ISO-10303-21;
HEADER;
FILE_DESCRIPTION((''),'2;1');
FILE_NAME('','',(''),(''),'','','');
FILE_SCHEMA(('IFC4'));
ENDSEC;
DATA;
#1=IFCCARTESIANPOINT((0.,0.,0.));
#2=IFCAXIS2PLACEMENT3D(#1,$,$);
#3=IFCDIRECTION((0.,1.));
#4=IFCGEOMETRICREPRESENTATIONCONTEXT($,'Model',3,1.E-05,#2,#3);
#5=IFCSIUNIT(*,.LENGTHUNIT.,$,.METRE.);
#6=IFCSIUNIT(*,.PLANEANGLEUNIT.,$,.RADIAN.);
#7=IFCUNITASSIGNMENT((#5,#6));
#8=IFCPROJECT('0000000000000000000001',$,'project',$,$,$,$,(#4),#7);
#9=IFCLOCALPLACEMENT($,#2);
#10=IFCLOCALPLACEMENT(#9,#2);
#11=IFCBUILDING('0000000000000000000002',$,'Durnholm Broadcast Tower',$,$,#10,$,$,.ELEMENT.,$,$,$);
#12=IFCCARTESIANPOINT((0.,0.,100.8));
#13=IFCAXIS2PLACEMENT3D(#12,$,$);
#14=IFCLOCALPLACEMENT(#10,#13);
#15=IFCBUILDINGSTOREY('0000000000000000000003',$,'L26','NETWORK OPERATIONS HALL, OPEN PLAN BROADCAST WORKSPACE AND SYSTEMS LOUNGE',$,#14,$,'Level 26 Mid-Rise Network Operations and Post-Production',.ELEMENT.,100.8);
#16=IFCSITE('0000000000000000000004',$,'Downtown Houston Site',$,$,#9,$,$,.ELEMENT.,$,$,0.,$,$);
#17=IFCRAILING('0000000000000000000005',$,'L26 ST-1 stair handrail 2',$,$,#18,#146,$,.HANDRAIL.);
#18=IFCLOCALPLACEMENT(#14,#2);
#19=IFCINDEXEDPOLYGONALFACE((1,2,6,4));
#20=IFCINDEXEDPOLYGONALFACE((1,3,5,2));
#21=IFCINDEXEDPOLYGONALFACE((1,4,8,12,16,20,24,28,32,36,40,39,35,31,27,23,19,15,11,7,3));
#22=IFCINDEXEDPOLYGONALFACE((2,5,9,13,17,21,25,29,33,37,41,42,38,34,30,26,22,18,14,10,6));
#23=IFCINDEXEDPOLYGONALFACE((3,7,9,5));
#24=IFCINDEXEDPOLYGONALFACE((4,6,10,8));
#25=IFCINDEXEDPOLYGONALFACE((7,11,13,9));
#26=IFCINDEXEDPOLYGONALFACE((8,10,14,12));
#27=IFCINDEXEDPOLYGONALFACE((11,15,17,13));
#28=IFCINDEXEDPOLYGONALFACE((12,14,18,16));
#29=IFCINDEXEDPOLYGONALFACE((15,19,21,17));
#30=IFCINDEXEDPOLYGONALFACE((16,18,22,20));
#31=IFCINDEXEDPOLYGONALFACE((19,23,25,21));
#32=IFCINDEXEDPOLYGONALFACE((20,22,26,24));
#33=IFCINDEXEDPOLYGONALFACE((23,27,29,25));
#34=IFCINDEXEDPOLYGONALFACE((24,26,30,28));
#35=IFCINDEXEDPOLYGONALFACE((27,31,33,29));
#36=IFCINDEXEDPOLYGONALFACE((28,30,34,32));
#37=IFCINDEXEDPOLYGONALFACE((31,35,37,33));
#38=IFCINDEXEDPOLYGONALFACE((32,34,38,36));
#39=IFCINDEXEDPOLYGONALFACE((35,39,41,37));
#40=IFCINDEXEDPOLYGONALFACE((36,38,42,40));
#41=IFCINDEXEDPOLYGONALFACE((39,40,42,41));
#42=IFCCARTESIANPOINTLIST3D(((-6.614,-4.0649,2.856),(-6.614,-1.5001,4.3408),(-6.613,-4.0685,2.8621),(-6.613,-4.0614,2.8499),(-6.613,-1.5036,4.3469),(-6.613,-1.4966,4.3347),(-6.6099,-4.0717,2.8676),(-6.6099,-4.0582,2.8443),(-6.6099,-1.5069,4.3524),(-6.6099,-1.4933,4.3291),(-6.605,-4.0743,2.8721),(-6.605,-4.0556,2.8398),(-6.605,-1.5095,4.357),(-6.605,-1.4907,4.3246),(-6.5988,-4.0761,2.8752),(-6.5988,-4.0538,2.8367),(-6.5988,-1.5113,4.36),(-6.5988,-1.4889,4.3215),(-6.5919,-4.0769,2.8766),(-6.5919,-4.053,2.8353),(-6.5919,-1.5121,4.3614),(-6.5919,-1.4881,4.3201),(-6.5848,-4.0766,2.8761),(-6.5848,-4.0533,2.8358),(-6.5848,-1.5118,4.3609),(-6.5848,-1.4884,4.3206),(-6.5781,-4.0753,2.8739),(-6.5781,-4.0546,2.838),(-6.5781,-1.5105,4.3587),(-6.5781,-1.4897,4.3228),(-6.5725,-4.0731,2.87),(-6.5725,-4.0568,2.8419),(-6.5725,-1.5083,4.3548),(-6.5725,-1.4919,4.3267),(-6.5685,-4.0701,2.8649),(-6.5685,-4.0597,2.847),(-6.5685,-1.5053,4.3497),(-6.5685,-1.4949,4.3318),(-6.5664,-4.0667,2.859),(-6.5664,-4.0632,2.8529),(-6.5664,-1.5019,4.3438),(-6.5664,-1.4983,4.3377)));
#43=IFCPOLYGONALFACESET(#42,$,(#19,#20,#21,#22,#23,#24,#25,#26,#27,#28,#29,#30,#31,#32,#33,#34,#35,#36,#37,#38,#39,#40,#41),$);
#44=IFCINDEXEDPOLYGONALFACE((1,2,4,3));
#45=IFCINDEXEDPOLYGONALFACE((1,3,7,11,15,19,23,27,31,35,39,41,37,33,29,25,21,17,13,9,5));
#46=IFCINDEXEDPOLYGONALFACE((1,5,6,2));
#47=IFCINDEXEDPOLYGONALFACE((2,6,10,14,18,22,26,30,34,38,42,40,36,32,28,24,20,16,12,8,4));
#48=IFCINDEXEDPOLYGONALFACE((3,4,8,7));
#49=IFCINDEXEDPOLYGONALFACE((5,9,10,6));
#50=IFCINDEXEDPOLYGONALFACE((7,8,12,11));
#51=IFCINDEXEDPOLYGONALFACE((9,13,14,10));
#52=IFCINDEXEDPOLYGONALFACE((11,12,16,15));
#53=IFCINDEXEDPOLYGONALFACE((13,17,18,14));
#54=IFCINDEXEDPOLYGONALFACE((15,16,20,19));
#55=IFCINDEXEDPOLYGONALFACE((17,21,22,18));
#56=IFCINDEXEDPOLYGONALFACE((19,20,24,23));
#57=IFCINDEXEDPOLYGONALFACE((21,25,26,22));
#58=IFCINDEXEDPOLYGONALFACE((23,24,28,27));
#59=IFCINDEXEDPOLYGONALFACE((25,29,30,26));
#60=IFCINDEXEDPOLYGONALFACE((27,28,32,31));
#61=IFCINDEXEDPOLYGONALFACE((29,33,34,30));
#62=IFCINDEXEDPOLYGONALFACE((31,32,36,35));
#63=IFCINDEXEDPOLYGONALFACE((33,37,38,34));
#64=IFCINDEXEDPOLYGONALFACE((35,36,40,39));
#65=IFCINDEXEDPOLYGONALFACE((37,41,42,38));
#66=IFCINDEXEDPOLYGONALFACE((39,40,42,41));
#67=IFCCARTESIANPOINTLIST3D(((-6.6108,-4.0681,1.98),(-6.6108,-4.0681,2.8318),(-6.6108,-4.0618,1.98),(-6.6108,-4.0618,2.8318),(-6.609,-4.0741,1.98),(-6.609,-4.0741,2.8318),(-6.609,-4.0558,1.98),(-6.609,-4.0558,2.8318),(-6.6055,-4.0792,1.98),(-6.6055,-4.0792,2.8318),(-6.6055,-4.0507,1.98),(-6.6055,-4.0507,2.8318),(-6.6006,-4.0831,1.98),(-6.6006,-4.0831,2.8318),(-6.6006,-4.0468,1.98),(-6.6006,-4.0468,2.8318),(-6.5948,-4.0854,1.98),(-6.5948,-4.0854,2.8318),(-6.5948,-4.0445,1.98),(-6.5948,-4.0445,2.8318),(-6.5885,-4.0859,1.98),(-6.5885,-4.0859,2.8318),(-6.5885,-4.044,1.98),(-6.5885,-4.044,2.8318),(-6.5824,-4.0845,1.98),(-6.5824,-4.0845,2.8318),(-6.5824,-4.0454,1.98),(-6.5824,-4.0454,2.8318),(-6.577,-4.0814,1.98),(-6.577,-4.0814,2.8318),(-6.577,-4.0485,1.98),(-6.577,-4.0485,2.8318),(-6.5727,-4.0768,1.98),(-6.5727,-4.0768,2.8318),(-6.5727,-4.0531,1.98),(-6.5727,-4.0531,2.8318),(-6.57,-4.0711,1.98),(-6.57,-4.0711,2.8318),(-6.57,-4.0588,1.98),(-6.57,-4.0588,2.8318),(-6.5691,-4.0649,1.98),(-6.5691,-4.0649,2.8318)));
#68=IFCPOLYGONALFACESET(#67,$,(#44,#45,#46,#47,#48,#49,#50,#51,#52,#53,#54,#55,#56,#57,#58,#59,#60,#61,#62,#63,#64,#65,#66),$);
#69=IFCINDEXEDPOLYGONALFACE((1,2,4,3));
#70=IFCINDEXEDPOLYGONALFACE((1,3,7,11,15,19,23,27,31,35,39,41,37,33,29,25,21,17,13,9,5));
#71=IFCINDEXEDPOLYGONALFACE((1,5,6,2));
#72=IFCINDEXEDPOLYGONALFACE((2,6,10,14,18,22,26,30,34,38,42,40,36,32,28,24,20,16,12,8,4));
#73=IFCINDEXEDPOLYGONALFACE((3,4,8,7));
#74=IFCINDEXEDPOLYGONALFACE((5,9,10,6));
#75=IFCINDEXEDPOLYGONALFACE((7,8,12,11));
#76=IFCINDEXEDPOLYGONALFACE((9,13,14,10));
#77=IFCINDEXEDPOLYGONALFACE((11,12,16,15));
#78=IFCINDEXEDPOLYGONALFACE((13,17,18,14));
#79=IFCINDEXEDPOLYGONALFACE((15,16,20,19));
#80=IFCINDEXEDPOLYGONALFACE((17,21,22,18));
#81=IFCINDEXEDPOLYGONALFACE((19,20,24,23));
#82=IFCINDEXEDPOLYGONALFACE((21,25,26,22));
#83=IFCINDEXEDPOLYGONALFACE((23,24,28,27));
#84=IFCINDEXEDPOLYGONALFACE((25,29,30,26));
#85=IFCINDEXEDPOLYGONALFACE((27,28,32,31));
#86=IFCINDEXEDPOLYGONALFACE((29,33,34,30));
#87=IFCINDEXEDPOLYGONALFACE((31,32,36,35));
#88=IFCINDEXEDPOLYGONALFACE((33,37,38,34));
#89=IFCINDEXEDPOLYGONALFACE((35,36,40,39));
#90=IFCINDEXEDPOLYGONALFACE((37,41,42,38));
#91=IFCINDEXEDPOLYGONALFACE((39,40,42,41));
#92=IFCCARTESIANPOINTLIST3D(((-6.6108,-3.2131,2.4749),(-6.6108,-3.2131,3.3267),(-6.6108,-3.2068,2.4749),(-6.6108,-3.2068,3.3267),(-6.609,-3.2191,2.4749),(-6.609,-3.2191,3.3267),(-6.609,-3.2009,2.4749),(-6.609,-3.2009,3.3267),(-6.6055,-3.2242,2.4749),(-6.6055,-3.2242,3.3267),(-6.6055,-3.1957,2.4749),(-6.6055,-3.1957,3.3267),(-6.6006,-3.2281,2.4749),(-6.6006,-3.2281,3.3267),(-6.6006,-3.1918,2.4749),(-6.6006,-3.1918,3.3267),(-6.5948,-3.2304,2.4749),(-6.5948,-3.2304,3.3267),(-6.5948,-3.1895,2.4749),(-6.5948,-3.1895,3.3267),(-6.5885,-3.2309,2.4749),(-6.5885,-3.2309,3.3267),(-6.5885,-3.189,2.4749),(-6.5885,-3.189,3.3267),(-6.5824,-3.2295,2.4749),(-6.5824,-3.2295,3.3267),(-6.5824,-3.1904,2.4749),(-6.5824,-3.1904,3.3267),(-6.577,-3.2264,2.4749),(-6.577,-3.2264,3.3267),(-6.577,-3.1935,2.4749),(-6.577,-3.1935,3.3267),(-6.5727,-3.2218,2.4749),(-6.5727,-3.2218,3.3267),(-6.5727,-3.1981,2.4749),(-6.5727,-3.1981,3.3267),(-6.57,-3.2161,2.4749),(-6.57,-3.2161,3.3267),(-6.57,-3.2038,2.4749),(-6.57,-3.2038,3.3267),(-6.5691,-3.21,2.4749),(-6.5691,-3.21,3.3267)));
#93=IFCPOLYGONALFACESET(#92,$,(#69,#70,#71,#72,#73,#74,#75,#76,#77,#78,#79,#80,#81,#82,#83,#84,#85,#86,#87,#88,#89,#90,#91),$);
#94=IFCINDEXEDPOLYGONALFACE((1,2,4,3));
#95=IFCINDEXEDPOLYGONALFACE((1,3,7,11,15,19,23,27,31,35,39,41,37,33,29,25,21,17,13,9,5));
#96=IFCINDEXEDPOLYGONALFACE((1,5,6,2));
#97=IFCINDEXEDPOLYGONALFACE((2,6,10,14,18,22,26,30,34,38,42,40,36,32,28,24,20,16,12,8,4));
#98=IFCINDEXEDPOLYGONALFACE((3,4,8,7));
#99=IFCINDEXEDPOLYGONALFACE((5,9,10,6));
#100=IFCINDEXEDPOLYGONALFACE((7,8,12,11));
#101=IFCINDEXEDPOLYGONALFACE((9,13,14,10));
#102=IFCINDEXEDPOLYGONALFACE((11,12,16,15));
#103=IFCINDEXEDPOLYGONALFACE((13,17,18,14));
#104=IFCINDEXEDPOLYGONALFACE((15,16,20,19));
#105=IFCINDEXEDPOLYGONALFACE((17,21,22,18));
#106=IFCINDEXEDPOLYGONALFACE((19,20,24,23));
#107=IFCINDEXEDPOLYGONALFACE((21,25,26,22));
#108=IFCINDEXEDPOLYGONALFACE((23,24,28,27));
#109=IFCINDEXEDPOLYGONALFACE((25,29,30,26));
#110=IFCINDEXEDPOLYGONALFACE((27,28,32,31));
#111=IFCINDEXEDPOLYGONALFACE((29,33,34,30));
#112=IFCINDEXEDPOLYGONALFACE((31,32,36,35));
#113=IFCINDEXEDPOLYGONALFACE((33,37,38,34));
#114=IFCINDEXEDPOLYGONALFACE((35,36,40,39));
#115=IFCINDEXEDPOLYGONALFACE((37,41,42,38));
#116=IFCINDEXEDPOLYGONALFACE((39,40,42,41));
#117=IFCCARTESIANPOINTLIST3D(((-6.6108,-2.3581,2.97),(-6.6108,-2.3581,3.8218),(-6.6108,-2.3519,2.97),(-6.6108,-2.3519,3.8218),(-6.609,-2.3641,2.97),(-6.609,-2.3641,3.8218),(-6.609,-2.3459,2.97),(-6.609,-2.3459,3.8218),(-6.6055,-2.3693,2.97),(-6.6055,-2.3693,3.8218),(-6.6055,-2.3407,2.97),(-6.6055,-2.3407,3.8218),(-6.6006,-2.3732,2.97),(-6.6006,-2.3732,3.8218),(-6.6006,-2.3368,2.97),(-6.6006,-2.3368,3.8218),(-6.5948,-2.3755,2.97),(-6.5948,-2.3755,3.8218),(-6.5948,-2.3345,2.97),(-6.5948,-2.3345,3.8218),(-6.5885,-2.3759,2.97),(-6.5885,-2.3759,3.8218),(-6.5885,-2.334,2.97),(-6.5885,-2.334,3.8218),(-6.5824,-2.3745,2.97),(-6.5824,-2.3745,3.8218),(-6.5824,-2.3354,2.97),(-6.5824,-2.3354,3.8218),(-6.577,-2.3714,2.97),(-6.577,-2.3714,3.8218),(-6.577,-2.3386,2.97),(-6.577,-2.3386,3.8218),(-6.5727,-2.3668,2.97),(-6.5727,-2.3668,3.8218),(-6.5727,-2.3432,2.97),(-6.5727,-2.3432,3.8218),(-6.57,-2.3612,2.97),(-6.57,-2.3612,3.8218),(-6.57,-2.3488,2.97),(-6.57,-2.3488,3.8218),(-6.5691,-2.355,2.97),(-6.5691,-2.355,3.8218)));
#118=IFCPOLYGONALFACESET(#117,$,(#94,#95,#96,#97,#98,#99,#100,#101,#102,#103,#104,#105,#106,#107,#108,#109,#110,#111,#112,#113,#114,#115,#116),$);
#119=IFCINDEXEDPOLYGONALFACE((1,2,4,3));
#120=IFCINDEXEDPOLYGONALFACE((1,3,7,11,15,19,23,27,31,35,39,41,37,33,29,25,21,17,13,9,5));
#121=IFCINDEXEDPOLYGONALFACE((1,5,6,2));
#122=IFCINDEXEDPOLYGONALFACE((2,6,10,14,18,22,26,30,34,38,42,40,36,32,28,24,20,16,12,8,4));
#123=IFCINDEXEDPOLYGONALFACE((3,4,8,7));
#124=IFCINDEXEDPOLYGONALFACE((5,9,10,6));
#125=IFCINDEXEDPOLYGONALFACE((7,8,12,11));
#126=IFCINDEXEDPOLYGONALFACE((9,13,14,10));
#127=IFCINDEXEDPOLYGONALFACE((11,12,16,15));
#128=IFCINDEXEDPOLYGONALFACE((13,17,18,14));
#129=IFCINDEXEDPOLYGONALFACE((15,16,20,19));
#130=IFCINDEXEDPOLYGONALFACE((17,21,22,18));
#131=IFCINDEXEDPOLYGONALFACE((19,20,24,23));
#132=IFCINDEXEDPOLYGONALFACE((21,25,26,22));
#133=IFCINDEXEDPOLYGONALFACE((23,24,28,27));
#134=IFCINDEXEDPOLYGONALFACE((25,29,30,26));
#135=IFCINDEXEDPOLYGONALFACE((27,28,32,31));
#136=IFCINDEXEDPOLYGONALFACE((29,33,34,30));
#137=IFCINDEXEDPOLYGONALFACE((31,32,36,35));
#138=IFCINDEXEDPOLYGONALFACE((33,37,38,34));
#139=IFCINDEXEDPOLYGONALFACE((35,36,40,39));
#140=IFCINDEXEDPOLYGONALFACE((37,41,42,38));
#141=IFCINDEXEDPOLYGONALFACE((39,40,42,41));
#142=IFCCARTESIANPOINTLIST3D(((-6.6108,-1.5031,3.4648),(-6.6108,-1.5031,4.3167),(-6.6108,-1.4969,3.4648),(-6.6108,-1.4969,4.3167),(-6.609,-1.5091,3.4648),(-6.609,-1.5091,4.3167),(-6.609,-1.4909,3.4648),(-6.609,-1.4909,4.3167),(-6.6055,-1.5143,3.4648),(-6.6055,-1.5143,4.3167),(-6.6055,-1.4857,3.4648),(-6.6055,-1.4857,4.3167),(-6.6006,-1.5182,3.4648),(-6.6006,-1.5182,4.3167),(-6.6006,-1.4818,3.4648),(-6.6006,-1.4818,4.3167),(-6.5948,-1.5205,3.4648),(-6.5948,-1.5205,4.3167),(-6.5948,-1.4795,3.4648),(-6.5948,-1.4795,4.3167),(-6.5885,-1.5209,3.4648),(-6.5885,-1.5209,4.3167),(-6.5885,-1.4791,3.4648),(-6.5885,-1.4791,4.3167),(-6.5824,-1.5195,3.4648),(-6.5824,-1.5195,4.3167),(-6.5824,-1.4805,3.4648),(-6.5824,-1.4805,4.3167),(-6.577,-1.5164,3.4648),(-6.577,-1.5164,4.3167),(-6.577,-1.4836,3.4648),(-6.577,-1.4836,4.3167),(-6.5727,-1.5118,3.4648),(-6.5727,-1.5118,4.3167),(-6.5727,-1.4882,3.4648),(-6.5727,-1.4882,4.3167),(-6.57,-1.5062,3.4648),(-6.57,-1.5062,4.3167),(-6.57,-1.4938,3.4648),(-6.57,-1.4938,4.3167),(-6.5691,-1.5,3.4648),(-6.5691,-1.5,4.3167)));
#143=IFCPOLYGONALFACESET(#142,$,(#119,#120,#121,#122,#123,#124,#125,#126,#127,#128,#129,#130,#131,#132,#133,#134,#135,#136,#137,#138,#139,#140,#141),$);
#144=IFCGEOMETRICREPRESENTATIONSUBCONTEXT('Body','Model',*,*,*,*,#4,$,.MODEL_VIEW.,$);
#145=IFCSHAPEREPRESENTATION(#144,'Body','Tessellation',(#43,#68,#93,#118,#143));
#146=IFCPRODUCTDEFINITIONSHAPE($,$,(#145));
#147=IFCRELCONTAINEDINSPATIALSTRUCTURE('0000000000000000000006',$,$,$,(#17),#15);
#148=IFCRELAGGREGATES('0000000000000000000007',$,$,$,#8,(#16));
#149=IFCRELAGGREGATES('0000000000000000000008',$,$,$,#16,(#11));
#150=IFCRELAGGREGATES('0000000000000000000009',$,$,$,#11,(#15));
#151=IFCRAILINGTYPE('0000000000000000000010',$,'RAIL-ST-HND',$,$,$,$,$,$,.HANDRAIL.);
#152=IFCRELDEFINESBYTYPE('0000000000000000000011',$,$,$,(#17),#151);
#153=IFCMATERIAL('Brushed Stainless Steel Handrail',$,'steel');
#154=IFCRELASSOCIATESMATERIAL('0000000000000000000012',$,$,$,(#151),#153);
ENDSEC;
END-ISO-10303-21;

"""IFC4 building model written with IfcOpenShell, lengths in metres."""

from ifc_helpers import new_model, si_unit, direction, frame, origin, origin_2d, place, context, subcontext, project, spatial, circle, extrude, material, type_object, element, save


model = new_model("IFC4")

# Units and contexts
model_context = context("Model", 3, precision=1e-05, world=origin(), true_north=direction((0.0, 1.0)))
body_context = subcontext(model_context, "Body", "Model", "MODEL_VIEW")
ifc_project = project(units=[si_unit("LENGTHUNIT", "METRE"), si_unit("PLANEANGLEUNIT", "RADIAN")], contexts=[model_context])

# Site, building, storey
site_placement = place(None, origin())
site = spatial("IfcSite", under=ifc_project, at=site_placement, Name="Downtown Houston Site", CompositionType="ELEMENT", RefElevation=0.0)
building_placement = place(site_placement, origin())
building = spatial("IfcBuilding", under=site, at=building_placement, Name="Durnholm Broadcast Tower", CompositionType="ELEMENT")
storey_placement = place(building_placement, frame((0.0, 0.0, 100.8)))
storey = spatial("IfcBuildingStorey", under=building, at=storey_placement, Name="L26", Description="NETWORK OPERATIONS HALL, OPEN PLAN BROADCAST WORKSPACE AND SYSTEMS LOUNGE", LongName="Level 26 Mid-Rise Network Operations and Post-Production", CompositionType="ELEMENT", Elevation=100.8)

# Railing
ifc_material_1 = material(Name="Brushed Stainless Steel Handrail", Category="steel")
railing_type_1 = type_object("IfcRailingType", Name="RAIL-ST-HND", PredefinedType="HANDRAIL", material=ifc_material_1)
railing_1_placement = place(storey_placement, frame((-6.5901, -4.0649, 1.98)))
element("IfcRailing", 1, at=railing_1_placement, inside=storey, type_object=railing_type_1, Name="L26 ST-1 stair handrail 2", PredefinedType="HANDRAIL", context=body_context, shape_type="SweptSolid", body=[
    extrude(circle(Radius=0.0239, at=origin_2d()), frame((0.0, 0.0, 0.876), z_axis=(0.0, 0.865441, 0.50101), x_axis=(-1.0, 0.0, 0.0)), (0.0, 0.0, 1.0), 2.9636),
    extrude(circle(Radius=0.021, at=origin_2d()), origin(), (0.0, 0.0, 1.0), 0.8518),
    extrude(circle(Radius=0.021, at=origin_2d()), frame((0.0, 0.855, 0.4949)), (0.0, 0.0, 1.0), 0.8518),
    extrude(circle(Radius=0.021, at=origin_2d()), frame((0.0, 1.71, 0.99)), (0.0, 0.0, 1.0), 0.8518),
    extrude(circle(Radius=0.021, at=origin_2d()), frame((0.0, 2.5649, 1.4849)), (0.0, 0.0, 1.0), 0.8518),
])

save(model, "model.ifc")
